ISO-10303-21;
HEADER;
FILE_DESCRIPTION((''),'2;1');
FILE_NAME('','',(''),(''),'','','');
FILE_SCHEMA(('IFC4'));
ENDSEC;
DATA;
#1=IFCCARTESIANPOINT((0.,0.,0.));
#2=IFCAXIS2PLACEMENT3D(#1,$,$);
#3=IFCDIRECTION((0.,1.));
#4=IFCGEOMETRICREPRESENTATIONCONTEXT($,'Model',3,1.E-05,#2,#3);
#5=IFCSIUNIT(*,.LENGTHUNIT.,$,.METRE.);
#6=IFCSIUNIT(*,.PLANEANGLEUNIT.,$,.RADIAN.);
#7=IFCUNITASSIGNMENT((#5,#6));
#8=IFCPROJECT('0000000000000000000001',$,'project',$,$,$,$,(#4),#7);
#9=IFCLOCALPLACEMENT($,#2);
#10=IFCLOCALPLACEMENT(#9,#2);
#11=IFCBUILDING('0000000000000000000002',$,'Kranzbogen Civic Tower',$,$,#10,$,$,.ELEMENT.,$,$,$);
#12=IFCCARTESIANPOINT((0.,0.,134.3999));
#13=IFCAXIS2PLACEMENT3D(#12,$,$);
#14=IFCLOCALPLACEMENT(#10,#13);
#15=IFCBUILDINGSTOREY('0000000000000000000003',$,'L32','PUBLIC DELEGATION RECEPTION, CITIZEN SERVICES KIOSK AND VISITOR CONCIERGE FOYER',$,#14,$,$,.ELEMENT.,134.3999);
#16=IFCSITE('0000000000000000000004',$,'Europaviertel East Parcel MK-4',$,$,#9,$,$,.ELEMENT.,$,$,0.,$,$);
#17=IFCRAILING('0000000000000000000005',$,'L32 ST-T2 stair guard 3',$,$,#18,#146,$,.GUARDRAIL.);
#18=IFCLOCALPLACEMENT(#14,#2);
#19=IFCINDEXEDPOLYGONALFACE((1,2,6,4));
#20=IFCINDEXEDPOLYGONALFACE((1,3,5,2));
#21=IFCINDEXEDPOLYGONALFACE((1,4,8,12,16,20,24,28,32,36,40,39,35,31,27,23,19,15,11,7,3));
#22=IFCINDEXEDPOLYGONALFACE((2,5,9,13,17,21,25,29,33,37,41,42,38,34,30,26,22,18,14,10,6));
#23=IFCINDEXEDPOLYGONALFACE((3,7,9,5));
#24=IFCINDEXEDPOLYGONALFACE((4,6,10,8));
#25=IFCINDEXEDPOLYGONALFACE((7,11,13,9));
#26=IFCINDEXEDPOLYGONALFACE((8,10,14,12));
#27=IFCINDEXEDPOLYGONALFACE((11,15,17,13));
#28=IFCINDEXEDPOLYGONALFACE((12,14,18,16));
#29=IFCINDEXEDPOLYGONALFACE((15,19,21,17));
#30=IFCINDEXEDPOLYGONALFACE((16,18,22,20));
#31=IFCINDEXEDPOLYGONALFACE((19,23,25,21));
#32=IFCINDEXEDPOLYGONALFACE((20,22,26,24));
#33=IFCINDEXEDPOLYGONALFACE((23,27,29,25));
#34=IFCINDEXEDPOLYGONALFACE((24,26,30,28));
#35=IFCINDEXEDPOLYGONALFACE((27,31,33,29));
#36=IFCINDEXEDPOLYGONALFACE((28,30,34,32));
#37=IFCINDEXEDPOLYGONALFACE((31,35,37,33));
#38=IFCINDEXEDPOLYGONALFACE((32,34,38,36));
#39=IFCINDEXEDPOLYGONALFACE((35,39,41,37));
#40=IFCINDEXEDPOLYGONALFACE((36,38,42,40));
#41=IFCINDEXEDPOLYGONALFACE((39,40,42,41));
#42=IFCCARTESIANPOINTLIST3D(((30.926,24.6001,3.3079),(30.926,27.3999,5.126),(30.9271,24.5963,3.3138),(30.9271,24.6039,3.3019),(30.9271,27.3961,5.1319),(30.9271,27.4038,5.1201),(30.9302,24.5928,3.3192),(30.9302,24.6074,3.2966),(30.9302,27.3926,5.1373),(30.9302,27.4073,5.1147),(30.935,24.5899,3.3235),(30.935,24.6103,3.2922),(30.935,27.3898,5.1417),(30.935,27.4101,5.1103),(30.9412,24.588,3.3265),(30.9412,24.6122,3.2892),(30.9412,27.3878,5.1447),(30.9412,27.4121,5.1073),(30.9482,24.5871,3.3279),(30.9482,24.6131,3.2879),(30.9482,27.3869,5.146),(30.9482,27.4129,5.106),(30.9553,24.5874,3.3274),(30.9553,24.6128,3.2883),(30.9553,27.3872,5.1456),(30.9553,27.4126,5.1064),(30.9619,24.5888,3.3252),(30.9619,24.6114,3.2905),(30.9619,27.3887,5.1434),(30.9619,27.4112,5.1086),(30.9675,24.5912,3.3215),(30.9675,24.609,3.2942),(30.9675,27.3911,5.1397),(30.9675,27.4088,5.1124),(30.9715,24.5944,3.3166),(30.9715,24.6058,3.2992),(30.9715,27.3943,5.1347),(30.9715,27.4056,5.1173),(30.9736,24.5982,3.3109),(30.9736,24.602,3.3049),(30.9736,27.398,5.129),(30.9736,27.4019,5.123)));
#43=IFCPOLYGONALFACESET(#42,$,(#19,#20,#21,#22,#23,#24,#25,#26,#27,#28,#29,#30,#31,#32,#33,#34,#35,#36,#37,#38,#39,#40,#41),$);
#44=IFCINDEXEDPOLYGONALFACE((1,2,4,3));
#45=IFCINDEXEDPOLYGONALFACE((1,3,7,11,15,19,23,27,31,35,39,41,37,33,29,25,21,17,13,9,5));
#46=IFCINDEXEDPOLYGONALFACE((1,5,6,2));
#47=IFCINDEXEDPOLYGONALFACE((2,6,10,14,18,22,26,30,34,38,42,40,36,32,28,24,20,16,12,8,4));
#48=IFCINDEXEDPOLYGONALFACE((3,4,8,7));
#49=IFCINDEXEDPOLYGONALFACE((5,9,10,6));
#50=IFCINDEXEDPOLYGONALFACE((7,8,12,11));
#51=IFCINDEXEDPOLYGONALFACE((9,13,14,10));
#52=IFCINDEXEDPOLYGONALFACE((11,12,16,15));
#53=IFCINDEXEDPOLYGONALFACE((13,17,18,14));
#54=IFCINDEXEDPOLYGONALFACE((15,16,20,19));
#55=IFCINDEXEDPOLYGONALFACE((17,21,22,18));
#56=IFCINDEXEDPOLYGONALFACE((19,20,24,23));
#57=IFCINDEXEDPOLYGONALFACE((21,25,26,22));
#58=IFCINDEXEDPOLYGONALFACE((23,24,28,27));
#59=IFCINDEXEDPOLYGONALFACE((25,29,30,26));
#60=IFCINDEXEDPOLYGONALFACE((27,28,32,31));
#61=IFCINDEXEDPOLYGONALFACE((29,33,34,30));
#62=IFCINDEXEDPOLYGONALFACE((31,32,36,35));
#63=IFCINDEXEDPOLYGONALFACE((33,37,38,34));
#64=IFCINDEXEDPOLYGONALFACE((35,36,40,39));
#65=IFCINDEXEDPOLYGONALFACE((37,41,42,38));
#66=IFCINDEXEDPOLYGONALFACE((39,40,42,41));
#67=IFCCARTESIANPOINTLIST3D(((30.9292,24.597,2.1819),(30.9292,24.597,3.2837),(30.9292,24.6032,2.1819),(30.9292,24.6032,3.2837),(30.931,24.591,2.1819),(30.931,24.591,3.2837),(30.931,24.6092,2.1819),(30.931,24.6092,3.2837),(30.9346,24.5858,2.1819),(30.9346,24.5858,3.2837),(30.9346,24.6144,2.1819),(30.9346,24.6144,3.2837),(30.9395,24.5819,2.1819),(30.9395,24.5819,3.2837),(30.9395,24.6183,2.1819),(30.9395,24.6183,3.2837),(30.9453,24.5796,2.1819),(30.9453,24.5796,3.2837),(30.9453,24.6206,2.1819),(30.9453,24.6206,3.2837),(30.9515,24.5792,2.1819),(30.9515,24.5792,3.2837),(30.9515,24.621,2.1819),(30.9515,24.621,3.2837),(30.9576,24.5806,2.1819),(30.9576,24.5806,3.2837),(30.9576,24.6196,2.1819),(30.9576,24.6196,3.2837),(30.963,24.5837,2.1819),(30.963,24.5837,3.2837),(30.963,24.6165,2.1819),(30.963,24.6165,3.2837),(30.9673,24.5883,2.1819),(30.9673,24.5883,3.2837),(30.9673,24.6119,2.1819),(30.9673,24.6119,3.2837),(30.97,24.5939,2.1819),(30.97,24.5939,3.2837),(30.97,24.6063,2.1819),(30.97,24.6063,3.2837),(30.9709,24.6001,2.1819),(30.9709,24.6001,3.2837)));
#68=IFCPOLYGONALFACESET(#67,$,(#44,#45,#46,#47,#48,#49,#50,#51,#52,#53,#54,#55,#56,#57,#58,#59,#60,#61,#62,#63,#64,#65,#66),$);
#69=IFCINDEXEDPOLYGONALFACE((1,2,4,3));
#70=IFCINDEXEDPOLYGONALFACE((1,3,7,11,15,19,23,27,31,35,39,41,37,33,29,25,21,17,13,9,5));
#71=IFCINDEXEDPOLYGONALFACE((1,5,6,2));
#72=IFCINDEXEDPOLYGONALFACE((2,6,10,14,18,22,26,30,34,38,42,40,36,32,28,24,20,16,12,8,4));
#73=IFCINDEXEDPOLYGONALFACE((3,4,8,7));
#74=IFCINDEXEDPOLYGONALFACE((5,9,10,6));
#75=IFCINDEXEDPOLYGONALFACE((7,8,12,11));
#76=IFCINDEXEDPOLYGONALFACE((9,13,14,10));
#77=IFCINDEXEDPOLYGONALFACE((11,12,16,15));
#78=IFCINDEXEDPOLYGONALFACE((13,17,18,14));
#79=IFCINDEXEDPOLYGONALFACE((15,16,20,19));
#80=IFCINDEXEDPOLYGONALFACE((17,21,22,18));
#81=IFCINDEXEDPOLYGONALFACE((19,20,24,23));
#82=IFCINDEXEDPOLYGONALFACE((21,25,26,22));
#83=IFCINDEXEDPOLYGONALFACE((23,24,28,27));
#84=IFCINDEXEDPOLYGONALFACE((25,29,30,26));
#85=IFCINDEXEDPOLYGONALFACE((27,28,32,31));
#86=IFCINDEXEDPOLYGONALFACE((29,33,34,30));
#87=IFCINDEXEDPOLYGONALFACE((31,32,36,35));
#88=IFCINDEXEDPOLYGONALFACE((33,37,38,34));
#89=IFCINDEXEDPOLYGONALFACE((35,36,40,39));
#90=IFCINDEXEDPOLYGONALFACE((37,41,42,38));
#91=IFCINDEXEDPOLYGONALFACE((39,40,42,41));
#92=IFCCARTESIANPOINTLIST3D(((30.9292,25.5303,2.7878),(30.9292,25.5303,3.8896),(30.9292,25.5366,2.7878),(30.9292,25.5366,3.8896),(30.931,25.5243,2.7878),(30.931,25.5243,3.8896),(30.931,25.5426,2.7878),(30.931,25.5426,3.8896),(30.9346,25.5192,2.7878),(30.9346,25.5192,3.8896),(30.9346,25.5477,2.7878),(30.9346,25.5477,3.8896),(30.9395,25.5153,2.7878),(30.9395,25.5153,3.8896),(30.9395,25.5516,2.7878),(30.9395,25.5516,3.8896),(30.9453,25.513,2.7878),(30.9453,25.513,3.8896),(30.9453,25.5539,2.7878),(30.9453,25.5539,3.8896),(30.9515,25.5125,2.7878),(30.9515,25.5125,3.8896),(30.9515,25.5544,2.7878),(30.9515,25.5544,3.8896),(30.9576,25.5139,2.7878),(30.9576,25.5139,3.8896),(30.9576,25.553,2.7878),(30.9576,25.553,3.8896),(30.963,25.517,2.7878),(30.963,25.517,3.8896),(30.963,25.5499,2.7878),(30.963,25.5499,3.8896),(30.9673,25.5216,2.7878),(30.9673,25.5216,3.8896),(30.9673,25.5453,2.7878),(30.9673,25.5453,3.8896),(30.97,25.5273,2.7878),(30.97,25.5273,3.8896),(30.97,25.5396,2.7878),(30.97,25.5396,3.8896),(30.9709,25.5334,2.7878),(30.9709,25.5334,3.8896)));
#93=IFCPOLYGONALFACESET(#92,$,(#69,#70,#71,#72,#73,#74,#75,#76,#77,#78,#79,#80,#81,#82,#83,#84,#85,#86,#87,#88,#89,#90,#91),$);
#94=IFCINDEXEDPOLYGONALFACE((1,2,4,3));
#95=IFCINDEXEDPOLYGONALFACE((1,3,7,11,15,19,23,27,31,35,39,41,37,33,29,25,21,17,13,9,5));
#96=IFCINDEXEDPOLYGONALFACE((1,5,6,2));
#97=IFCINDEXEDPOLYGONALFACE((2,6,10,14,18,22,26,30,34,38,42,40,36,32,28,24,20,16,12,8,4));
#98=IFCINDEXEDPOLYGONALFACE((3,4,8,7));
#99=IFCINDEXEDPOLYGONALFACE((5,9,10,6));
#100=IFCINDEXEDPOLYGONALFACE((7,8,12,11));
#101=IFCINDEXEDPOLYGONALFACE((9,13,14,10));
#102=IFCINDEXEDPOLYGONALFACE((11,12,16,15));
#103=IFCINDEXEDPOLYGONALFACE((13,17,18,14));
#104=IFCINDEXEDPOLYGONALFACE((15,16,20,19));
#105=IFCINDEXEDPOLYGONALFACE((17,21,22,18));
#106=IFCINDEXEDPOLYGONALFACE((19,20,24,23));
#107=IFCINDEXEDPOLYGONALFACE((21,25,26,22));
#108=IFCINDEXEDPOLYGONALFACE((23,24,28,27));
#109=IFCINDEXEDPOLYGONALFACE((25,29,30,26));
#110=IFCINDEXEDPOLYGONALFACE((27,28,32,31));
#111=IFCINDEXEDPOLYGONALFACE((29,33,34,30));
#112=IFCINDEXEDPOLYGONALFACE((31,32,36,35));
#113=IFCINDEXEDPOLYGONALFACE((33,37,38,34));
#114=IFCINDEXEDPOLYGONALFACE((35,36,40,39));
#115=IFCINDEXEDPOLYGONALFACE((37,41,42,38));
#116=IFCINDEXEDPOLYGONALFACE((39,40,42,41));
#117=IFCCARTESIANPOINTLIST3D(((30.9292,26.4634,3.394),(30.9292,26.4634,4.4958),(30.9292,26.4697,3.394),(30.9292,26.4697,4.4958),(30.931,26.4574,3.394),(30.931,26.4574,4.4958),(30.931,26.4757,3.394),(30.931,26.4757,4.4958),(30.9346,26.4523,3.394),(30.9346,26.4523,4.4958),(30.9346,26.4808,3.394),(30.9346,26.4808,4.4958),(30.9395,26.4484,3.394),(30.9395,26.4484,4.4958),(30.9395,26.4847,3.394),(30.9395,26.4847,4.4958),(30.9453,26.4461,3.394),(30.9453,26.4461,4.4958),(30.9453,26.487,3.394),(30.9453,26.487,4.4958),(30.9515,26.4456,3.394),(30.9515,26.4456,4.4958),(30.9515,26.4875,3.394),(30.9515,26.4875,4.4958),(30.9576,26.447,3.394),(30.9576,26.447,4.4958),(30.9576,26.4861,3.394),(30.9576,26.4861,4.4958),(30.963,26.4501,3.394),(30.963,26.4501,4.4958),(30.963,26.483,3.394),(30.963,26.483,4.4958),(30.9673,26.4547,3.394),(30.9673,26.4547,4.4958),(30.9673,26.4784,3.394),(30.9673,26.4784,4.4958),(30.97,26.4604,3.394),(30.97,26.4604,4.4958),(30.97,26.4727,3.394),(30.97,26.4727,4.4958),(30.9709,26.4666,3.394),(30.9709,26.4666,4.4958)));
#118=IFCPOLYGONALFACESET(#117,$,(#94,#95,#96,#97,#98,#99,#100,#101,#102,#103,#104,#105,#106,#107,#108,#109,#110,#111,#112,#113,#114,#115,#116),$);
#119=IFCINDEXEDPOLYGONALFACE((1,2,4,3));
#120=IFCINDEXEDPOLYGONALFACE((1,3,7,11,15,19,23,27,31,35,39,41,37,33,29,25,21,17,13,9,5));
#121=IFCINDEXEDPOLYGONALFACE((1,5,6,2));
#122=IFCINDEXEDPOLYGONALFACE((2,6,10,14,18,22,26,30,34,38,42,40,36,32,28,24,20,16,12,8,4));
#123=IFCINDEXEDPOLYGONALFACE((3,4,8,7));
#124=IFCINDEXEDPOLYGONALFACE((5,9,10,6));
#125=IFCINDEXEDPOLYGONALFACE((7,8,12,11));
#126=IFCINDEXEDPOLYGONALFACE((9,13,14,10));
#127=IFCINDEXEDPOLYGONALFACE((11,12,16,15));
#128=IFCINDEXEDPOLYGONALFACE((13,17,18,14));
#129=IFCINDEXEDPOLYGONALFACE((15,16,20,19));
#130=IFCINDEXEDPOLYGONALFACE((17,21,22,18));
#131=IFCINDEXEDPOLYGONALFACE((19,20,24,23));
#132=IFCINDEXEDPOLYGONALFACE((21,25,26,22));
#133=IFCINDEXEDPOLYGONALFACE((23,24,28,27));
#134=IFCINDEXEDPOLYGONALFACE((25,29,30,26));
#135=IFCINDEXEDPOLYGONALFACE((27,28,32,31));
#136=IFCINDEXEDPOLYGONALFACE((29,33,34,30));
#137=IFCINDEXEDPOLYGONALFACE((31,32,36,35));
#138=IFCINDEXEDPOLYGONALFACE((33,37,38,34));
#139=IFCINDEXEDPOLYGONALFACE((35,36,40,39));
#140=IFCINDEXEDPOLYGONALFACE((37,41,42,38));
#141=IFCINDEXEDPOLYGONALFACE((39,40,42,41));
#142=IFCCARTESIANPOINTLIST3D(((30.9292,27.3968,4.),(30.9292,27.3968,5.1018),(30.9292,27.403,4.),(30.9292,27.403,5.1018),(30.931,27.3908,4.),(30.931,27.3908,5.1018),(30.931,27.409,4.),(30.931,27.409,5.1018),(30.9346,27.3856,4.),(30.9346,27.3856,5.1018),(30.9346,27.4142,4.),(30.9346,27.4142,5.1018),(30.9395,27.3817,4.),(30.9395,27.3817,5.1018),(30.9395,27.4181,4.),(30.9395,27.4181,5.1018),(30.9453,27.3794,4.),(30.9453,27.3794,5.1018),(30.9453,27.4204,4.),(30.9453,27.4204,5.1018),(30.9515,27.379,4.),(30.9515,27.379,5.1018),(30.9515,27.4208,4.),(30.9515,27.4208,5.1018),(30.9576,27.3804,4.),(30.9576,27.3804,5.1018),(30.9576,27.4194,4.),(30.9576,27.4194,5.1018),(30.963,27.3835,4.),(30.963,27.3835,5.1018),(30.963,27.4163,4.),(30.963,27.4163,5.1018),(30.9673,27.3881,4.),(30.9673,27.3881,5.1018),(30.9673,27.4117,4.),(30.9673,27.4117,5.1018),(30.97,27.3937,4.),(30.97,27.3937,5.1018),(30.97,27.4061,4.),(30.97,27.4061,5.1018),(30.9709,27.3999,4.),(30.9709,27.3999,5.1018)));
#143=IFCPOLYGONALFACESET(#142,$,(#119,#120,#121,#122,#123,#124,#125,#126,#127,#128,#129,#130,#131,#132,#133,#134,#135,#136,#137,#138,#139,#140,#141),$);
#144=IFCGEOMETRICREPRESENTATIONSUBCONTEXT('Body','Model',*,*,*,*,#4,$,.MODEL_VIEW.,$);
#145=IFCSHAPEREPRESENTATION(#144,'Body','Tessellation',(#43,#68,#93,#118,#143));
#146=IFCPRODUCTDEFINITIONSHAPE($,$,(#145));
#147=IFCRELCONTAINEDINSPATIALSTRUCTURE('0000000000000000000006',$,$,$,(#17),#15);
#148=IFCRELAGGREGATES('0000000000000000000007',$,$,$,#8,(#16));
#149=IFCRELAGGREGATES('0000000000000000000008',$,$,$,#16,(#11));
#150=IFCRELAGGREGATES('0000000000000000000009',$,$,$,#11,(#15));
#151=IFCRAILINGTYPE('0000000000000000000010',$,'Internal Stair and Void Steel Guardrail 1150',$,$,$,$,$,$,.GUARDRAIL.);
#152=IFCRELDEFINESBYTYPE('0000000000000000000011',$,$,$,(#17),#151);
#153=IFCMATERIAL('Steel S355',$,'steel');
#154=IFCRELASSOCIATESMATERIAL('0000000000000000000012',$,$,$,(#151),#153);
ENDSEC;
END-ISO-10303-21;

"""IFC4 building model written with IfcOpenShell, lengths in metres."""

from ifc_helpers import new_model, si_unit, direction, frame, origin, origin_2d, place, context, subcontext, project, spatial, circle, extrude, material, type_object, element, save


model = new_model("IFC4")

# Units and contexts
model_context = context("Model", 3, precision=1e-05, world=origin(), true_north=direction((0.0, 1.0)))
body_context = subcontext(model_context, "Body", "Model", "MODEL_VIEW")
ifc_project = project(units=[si_unit("LENGTHUNIT", "METRE"), si_unit("PLANEANGLEUNIT", "RADIAN")], contexts=[model_context])

# Site, building, storey
site_placement = place(None, origin())
site = spatial("IfcSite", under=ifc_project, at=site_placement, Name="Europaviertel East Parcel MK-4", CompositionType="ELEMENT", RefElevation=0.0)
building_placement = place(site_placement, origin())
building = spatial("IfcBuilding", under=site, at=building_placement, Name="Kranzbogen Civic Tower", CompositionType="ELEMENT")
storey_placement = place(building_placement, frame((0.0, 0.0, 134.3999)))
storey = spatial("IfcBuildingStorey", under=building, at=storey_placement, Name="L32", Description="PUBLIC DELEGATION RECEPTION, CITIZEN SERVICES KIOSK AND VISITOR CONCIERGE FOYER", CompositionType="ELEMENT", Elevation=134.3999)

# Shared definitions
ifc_material_1 = material(Name="Steel S355", Category="steel")

# Railing
railing_type_1 = type_object("IfcRailingType", Name="Internal Stair and Void Steel Guardrail 1150", PredefinedType="GUARDRAIL", material=ifc_material_1)
railing_1_placement = place(storey_placement, frame((30.95, 24.6001, 2.1819)))
element("IfcRailing", 1, at=railing_1_placement, inside=storey, type_object=railing_type_1, Name="L32 ST-T2 stair guard 3", PredefinedType="GUARDRAIL", context=body_context, shape_type="SweptSolid", body=[
    extrude(circle(Radius=0.0239, at=origin_2d()), frame((0.0, 0.0, 1.126), z_axis=(0.0, 0.838684, 0.544618), x_axis=(-1.0, 0.0, 0.0)), (0.0, 0.0, 1.0), 3.3384),
    extrude(circle(Radius=0.021, at=origin_2d()), origin(), (0.0, 0.0, 1.0), 1.1018),
    extrude(circle(Radius=0.021, at=origin_2d()), frame((0.0, 0.9333, 0.606)), (0.0, 0.0, 1.0), 1.1018),
    extrude(circle(Radius=0.021, at=origin_2d()), frame((0.0, 1.8665, 1.2122)), (0.0, 0.0, 1.0), 1.1018),
    extrude(circle(Radius=0.021, at=origin_2d()), frame((0.0, 2.7998, 1.8181)), (0.0, 0.0, 1.0), 1.1018),
])

save(model, "model.ifc")
